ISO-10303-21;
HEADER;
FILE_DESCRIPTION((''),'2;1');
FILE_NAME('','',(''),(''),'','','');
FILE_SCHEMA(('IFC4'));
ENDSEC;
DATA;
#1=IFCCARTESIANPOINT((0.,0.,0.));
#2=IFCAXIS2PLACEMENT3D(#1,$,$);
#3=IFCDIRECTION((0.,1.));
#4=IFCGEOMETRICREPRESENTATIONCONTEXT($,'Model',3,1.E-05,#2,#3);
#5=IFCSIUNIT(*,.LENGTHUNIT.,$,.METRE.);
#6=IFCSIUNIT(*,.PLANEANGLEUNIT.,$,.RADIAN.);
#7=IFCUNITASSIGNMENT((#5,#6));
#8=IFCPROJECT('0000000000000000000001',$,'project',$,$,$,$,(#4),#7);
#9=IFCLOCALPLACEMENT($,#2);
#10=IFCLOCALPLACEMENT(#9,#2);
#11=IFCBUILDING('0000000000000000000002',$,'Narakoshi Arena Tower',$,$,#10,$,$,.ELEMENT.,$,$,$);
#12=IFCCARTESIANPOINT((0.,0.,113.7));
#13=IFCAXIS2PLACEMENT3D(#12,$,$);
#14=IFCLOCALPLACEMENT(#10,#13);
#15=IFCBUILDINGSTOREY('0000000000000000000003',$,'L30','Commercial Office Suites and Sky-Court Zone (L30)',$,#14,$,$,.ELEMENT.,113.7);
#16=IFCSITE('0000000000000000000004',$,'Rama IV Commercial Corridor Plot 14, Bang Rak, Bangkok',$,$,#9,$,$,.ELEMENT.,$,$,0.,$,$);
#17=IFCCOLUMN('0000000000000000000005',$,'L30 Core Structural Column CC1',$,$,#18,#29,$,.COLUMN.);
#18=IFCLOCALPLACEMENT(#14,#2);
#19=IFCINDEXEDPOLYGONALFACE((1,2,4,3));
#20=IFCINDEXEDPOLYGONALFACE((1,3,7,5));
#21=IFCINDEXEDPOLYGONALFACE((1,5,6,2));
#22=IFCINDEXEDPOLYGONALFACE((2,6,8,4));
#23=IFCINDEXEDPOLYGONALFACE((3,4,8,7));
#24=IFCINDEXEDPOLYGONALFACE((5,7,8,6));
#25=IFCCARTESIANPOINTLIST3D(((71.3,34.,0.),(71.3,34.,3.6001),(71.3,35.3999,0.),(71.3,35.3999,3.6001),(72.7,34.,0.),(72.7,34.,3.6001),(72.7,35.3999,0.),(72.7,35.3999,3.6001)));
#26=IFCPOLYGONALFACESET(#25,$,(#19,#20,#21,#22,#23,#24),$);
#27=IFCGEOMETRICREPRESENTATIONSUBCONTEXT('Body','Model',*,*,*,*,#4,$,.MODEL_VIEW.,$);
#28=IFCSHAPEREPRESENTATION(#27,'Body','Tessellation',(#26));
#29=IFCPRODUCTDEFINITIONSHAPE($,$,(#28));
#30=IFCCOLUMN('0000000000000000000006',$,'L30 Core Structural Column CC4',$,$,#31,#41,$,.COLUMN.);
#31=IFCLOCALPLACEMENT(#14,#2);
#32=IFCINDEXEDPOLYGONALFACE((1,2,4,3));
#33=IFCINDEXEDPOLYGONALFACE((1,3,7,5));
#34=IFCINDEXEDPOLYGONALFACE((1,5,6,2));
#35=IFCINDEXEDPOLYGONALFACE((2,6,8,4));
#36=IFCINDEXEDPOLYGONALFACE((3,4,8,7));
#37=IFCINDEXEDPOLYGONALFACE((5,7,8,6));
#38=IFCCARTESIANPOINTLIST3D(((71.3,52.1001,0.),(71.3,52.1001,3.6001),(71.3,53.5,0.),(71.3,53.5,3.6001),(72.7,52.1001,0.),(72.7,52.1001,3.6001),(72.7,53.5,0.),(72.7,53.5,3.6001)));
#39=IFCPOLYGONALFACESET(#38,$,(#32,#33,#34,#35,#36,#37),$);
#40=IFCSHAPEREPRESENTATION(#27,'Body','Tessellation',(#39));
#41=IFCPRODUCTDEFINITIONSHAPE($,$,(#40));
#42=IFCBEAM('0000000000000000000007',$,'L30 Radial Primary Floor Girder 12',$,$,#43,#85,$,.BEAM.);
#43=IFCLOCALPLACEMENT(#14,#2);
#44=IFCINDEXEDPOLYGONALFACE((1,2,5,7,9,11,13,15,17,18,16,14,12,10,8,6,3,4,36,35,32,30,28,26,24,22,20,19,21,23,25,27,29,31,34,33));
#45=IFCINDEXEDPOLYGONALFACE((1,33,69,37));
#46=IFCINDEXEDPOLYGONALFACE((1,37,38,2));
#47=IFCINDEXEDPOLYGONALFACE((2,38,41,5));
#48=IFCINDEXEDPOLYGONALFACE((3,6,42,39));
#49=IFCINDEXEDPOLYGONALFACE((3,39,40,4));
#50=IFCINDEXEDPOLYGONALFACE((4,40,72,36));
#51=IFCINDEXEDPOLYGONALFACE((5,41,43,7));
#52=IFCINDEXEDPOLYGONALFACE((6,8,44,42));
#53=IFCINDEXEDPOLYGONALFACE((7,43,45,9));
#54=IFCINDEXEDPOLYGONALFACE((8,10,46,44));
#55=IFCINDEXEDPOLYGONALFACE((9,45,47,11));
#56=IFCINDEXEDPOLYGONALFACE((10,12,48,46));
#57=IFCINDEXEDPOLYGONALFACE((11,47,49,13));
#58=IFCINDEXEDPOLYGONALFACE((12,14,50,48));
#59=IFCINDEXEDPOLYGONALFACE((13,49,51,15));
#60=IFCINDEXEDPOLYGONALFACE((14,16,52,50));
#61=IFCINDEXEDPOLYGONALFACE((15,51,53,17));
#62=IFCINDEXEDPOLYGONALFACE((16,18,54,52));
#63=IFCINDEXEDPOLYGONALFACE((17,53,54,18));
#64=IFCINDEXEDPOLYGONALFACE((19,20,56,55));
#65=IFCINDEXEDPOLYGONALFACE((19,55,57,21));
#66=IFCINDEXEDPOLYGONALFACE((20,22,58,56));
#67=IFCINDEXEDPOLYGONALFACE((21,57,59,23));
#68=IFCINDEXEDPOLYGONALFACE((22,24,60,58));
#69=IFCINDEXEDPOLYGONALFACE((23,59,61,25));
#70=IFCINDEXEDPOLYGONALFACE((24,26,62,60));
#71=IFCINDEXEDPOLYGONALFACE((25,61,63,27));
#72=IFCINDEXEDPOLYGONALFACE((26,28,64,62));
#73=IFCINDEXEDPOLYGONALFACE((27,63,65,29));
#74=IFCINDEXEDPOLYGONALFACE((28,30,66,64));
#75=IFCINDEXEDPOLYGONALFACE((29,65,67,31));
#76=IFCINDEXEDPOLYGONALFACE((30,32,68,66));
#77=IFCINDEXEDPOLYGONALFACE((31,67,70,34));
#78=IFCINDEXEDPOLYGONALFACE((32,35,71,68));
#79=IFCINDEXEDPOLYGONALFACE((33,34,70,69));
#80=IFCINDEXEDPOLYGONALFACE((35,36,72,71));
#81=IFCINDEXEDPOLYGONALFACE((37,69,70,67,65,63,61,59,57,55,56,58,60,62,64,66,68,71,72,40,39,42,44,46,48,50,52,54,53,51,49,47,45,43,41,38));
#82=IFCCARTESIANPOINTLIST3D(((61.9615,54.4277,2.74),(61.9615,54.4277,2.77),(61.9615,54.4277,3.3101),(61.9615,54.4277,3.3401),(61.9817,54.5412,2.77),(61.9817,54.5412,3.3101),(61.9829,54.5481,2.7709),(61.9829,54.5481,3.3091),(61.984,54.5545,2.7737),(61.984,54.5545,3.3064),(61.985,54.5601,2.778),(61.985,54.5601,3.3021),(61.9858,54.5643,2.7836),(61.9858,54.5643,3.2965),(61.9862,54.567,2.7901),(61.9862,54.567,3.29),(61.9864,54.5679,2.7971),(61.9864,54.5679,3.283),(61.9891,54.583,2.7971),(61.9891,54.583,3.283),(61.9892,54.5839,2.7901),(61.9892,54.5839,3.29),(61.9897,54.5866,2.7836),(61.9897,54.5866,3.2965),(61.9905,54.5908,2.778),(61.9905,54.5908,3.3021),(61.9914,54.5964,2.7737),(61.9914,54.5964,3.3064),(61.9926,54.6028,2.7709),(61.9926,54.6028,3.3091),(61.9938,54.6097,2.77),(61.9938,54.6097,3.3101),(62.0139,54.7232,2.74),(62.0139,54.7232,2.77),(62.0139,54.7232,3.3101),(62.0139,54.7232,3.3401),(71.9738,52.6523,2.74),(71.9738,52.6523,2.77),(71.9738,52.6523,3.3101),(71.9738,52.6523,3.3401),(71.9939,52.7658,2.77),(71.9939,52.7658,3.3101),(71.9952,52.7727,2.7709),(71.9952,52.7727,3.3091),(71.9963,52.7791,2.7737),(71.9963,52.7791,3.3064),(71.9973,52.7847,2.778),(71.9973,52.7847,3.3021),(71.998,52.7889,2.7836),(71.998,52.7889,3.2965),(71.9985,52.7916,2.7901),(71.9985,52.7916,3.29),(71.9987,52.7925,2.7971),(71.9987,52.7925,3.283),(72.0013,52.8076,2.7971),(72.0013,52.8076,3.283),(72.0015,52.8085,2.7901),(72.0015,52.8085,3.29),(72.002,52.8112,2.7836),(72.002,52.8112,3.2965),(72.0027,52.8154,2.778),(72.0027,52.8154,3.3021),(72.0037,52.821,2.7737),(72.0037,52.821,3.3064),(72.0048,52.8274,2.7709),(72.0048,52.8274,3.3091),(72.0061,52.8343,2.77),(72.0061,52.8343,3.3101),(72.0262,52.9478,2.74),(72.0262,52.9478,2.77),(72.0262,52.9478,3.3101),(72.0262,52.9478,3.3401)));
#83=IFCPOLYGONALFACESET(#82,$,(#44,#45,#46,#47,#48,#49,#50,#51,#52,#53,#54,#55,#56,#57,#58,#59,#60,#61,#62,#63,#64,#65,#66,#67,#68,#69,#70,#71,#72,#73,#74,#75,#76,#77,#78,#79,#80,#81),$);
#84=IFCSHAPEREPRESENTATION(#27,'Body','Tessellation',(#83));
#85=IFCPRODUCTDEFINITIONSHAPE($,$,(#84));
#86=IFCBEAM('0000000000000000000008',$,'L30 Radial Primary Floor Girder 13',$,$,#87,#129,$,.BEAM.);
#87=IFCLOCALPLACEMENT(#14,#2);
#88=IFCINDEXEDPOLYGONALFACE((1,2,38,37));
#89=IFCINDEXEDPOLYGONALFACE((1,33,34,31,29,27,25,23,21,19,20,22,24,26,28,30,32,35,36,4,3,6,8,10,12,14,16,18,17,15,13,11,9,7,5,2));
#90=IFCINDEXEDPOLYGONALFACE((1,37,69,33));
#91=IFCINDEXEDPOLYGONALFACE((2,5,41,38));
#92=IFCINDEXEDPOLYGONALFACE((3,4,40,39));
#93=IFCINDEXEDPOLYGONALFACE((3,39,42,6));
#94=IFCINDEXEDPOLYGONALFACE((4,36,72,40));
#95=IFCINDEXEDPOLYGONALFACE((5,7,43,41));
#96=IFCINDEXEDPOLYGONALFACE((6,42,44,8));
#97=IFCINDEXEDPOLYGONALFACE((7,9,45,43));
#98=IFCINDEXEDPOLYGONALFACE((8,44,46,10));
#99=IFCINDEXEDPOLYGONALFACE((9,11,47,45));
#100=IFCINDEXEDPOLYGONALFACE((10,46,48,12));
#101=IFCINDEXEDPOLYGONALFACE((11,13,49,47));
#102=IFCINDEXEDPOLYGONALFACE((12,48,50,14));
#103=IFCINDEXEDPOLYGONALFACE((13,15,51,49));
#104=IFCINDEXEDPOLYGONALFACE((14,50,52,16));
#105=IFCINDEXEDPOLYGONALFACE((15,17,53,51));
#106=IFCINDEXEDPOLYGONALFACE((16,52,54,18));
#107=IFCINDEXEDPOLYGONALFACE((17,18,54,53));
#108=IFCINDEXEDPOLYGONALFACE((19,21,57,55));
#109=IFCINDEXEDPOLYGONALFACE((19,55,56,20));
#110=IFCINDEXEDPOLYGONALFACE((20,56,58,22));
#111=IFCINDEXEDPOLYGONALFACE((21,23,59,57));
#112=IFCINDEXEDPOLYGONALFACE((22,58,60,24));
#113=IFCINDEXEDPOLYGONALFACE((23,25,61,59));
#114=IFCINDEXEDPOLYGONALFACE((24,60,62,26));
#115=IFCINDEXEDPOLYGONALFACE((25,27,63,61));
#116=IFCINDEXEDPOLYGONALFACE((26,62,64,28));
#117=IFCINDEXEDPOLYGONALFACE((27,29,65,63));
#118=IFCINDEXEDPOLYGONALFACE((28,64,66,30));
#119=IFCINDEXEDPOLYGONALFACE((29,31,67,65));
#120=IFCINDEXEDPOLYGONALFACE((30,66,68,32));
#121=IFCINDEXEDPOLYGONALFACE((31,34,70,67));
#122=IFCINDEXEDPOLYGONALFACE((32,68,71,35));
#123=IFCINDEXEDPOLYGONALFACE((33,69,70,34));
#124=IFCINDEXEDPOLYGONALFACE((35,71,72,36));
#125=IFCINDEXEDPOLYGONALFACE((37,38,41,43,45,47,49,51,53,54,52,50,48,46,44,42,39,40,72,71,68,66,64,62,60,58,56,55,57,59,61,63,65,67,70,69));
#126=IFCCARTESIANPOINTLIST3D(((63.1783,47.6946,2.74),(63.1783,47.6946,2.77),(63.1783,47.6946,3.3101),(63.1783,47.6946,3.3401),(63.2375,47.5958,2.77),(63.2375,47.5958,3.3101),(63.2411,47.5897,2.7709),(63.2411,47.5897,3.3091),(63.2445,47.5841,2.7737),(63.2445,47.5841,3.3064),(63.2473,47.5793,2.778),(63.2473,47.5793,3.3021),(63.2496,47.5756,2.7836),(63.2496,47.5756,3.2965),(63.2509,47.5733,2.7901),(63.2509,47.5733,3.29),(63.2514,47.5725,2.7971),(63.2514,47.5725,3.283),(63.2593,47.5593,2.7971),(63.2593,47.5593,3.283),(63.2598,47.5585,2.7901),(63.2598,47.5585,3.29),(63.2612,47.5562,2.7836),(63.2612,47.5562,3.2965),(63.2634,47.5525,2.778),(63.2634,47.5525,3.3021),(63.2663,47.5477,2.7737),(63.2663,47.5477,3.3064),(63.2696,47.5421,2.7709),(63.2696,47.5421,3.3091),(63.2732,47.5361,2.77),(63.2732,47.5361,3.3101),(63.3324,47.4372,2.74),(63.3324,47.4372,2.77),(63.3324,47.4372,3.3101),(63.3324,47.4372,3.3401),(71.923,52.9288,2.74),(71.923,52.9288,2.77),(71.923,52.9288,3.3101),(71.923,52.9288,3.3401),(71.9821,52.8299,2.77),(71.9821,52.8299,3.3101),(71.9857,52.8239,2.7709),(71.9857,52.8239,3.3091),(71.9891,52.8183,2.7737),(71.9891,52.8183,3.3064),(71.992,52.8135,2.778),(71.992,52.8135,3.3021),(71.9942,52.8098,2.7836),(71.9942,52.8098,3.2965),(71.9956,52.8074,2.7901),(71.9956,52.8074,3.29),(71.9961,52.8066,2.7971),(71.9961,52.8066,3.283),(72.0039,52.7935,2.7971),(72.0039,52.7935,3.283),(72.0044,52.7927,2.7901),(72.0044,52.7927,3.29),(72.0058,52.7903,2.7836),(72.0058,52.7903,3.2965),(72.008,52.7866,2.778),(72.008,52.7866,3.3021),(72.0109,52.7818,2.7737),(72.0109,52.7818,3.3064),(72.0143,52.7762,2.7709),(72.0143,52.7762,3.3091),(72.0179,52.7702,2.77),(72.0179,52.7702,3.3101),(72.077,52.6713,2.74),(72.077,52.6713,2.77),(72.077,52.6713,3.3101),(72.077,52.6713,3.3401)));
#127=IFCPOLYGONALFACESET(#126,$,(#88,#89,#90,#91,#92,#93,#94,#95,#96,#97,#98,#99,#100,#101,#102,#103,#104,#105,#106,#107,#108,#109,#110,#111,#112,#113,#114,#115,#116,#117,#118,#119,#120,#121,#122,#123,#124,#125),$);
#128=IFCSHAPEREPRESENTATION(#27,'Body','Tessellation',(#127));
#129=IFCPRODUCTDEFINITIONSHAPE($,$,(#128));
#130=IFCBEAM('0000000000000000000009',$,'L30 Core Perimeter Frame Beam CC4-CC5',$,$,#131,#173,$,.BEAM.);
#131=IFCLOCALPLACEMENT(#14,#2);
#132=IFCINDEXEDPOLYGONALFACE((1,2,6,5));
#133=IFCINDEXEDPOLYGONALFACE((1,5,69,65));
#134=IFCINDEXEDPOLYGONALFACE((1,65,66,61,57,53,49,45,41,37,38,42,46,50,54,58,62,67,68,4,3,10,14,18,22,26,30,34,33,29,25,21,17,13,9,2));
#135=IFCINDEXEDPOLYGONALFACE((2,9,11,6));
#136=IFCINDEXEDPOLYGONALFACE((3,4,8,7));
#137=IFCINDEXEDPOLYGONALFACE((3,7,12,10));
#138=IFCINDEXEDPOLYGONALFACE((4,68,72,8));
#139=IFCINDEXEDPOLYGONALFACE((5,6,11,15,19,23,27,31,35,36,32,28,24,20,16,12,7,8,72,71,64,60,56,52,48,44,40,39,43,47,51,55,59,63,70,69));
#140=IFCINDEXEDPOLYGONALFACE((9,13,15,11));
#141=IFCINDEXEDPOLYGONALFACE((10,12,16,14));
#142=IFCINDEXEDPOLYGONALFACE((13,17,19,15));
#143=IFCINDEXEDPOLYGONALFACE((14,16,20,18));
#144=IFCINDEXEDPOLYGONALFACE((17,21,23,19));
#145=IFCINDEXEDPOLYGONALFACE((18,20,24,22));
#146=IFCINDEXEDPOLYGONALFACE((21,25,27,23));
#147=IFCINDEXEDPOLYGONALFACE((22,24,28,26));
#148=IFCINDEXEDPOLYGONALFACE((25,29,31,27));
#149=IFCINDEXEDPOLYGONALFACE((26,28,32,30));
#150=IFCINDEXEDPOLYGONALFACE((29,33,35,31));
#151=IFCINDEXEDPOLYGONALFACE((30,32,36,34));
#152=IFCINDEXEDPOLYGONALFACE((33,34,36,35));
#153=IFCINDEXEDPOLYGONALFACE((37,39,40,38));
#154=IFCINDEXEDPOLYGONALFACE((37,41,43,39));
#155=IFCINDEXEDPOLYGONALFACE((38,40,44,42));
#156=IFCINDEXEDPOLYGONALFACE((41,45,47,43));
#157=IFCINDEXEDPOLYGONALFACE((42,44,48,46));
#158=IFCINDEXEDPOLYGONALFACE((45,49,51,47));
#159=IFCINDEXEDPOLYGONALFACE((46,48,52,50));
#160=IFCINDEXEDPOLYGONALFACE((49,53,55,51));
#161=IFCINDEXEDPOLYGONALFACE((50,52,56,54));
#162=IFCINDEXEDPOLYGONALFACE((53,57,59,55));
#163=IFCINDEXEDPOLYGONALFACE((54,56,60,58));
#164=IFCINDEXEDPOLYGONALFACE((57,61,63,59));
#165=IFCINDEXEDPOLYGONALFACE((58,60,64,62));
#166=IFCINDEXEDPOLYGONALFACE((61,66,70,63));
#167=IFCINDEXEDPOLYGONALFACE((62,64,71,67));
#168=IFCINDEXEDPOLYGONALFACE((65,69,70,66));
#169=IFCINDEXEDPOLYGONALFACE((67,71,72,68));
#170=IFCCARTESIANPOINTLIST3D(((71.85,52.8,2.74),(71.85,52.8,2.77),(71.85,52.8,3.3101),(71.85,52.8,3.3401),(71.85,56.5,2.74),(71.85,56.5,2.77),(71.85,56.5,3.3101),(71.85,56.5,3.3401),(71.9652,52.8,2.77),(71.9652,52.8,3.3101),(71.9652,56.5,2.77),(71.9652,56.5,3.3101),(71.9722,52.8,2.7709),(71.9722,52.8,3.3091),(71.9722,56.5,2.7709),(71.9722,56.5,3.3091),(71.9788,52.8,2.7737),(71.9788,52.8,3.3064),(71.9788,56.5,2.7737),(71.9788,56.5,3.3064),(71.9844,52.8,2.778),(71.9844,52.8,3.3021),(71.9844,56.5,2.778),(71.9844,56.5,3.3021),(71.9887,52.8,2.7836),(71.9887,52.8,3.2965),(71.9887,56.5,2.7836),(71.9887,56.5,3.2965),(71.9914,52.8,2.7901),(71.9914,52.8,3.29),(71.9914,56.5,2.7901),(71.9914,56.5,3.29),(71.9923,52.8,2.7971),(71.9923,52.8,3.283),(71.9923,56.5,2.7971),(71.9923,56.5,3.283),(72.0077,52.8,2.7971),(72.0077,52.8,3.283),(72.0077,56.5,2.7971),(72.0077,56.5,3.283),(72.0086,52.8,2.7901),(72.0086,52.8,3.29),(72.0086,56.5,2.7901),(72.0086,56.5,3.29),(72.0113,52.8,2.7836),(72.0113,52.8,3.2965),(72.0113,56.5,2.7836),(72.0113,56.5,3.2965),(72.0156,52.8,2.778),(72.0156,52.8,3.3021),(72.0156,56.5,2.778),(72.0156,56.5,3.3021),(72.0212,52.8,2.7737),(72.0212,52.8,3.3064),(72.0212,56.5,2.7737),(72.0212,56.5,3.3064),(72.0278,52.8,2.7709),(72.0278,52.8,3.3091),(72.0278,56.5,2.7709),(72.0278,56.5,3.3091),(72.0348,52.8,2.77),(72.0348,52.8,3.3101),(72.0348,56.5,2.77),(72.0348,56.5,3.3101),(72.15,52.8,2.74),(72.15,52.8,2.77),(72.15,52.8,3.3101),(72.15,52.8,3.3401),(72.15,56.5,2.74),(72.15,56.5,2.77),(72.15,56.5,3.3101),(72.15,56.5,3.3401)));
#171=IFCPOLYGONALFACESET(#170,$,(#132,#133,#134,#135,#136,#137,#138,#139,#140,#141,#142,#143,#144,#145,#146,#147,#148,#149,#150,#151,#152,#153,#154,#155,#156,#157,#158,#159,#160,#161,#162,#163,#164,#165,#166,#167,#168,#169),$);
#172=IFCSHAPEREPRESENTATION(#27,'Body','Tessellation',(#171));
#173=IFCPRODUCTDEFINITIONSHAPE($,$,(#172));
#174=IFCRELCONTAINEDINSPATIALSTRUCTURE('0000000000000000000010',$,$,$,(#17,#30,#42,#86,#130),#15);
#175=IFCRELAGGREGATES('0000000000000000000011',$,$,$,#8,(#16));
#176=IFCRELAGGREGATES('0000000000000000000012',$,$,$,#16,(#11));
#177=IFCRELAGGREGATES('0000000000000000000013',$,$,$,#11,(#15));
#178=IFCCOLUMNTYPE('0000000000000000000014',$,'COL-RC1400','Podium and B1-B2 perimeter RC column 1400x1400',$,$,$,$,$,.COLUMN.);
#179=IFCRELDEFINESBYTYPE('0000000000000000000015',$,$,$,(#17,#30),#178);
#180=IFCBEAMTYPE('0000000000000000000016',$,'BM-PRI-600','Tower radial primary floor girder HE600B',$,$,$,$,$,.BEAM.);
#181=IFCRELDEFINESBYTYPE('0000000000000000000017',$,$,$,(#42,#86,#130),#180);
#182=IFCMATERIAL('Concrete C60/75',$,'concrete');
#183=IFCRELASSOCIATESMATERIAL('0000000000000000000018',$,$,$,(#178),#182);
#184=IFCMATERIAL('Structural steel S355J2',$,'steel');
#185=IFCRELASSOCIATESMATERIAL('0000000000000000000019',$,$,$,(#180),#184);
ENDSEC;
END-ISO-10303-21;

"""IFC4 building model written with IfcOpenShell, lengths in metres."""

from ifc_helpers import new_model, si_unit, direction, frame, origin, origin_2d, place, context, subcontext, project, spatial, rectangle, i_section, extrude, material, material_profile, profile_set, type_object, element, save


model = new_model("IFC4")

# Units and contexts
model_context = context("Model", 3, precision=1e-05, world=origin(), true_north=direction((0.0, 1.0)))
body_context = subcontext(model_context, "Body", "Model", "MODEL_VIEW")
ifc_project = project(units=[si_unit("LENGTHUNIT", "METRE"), si_unit("PLANEANGLEUNIT", "RADIAN")], contexts=[model_context])

# Site, building, storey
site_placement = place(None, origin())
site = spatial("IfcSite", under=ifc_project, at=site_placement, Name="Rama IV Commercial Corridor Plot 14, Bang Rak, Bangkok", CompositionType="ELEMENT", RefElevation=0.0)
building_placement = place(site_placement, origin())
building = spatial("IfcBuilding", under=site, at=building_placement, Name="Narakoshi Arena Tower", CompositionType="ELEMENT")
storey_placement = place(building_placement, frame((0.0, 0.0, 113.7)))
storey = spatial("IfcBuildingStorey", under=building, at=storey_placement, Name="L30", Description="Commercial Office Suites and Sky-Court Zone (L30)", CompositionType="ELEMENT", Elevation=113.7)

# Columns
ifc_material_1 = material(Name="Concrete C60/75", Category="concrete")
ifc_material_profile_1 = material_profile(ifc_material_1, rectangle(XDim=1.3999, YDim=1.3999, at=origin_2d()), Name="RC1400x1400")
ifc_profile_set_1 = profile_set([ifc_material_profile_1], Name="Concrete C60/75")
column_type = type_object("IfcColumnType", Name="COL-RC1400", Description="Podium and B1-B2 perimeter RC column 1400x1400", PredefinedType="COLUMN", material=ifc_profile_set_1)
for number, where, z_axis, x_axis, name in (
    (1, (72.0, 34.7, 0.0), (0.0, 0.0, 1.0), (1.0, 0.0, 0.0), "L30 Core Structural Column CC1"),
    (2, (72.0, 52.8, 0.0), (0.0, 0.0, 1.0), (1.0, 0.0, 0.0), "L30 Core Structural Column CC4"),
):
    element("IfcColumn", number, at=place(storey_placement, frame(where, z_axis=z_axis, x_axis=x_axis)), inside=storey, type_object=column_type, Name=name, PredefinedType="COLUMN", context=body_context, shape_type="SweptSolid", body=[
        extrude(rectangle(XDim=1.3999, YDim=1.3999, at=origin_2d()), origin(), (0.0, 0.0, 1.0), 3.6001),
    ])

# Beams
ifc_material_2 = material(Name="Structural steel S355J2", Category="steel")
ifc_material_profile_2 = material_profile(ifc_material_2, i_section(OverallWidth=0.3, OverallDepth=0.6001, WebThickness=0.0154, FlangeThickness=0.03, FilletRadius=0.0271, at=origin_2d()), Name="HE600B")
ifc_profile_set_2 = profile_set([ifc_material_profile_2], Name="Structural steel S355J2")
beam_type_1 = type_object("IfcBeamType", Name="BM-PRI-600", Description="Tower radial primary floor girder HE600B", PredefinedType="BEAM", material=ifc_profile_set_2)
beam_1_placement = place(storey_placement, frame((72.0, 52.8, 3.04), z_axis=(-0.98464, 0.174599, 0.0), x_axis=(-0.174599, -0.98464, 0.0)))
element("IfcBeam", 3, at=beam_1_placement, inside=storey, type_object=beam_type_1, Name="L30 Radial Primary Floor Girder 12", PredefinedType="BEAM", context=body_context, shape_type="SweptSolid", body=[
    extrude(i_section(OverallWidth=0.3, OverallDepth=0.6001, WebThickness=0.0154, FlangeThickness=0.03, FilletRadius=0.0271, at=origin_2d()), origin(), (0.0, 0.0, 1.0), 10.1685),
])
beam_2_placement = place(storey_placement, frame((72.0, 52.8, 3.04), z_axis=(-0.85804, -0.513583, 0.0), x_axis=(0.513583, -0.85804, 0.0)))
element("IfcBeam", 4, at=beam_2_placement, inside=storey, type_object=beam_type_1, Name="L30 Radial Primary Floor Girder 13", PredefinedType="BEAM", context=body_context, shape_type="SweptSolid", body=[
    extrude(i_section(OverallWidth=0.3, OverallDepth=0.6001, WebThickness=0.0154, FlangeThickness=0.03, FilletRadius=0.0271, at=origin_2d()), origin(), (0.0, 0.0, 1.0), 10.1914),
])
beam_3_placement = place(storey_placement, frame((72.0, 52.8, 3.04), z_axis=(0.0, 1.0, 0.0), x_axis=(-1.0, 0.0, 0.0)))
element("IfcBeam", 5, at=beam_3_placement, inside=storey, type_object=beam_type_1, Name="L30 Core Perimeter Frame Beam CC4-CC5", PredefinedType="BEAM", context=body_context, shape_type="SweptSolid", body=[
    extrude(i_section(OverallWidth=0.3, OverallDepth=0.6001, WebThickness=0.0154, FlangeThickness=0.03, FilletRadius=0.0271, at=origin_2d()), origin(), (0.0, 0.0, 1.0), 3.7),
])

save(model, "model.ifc")
